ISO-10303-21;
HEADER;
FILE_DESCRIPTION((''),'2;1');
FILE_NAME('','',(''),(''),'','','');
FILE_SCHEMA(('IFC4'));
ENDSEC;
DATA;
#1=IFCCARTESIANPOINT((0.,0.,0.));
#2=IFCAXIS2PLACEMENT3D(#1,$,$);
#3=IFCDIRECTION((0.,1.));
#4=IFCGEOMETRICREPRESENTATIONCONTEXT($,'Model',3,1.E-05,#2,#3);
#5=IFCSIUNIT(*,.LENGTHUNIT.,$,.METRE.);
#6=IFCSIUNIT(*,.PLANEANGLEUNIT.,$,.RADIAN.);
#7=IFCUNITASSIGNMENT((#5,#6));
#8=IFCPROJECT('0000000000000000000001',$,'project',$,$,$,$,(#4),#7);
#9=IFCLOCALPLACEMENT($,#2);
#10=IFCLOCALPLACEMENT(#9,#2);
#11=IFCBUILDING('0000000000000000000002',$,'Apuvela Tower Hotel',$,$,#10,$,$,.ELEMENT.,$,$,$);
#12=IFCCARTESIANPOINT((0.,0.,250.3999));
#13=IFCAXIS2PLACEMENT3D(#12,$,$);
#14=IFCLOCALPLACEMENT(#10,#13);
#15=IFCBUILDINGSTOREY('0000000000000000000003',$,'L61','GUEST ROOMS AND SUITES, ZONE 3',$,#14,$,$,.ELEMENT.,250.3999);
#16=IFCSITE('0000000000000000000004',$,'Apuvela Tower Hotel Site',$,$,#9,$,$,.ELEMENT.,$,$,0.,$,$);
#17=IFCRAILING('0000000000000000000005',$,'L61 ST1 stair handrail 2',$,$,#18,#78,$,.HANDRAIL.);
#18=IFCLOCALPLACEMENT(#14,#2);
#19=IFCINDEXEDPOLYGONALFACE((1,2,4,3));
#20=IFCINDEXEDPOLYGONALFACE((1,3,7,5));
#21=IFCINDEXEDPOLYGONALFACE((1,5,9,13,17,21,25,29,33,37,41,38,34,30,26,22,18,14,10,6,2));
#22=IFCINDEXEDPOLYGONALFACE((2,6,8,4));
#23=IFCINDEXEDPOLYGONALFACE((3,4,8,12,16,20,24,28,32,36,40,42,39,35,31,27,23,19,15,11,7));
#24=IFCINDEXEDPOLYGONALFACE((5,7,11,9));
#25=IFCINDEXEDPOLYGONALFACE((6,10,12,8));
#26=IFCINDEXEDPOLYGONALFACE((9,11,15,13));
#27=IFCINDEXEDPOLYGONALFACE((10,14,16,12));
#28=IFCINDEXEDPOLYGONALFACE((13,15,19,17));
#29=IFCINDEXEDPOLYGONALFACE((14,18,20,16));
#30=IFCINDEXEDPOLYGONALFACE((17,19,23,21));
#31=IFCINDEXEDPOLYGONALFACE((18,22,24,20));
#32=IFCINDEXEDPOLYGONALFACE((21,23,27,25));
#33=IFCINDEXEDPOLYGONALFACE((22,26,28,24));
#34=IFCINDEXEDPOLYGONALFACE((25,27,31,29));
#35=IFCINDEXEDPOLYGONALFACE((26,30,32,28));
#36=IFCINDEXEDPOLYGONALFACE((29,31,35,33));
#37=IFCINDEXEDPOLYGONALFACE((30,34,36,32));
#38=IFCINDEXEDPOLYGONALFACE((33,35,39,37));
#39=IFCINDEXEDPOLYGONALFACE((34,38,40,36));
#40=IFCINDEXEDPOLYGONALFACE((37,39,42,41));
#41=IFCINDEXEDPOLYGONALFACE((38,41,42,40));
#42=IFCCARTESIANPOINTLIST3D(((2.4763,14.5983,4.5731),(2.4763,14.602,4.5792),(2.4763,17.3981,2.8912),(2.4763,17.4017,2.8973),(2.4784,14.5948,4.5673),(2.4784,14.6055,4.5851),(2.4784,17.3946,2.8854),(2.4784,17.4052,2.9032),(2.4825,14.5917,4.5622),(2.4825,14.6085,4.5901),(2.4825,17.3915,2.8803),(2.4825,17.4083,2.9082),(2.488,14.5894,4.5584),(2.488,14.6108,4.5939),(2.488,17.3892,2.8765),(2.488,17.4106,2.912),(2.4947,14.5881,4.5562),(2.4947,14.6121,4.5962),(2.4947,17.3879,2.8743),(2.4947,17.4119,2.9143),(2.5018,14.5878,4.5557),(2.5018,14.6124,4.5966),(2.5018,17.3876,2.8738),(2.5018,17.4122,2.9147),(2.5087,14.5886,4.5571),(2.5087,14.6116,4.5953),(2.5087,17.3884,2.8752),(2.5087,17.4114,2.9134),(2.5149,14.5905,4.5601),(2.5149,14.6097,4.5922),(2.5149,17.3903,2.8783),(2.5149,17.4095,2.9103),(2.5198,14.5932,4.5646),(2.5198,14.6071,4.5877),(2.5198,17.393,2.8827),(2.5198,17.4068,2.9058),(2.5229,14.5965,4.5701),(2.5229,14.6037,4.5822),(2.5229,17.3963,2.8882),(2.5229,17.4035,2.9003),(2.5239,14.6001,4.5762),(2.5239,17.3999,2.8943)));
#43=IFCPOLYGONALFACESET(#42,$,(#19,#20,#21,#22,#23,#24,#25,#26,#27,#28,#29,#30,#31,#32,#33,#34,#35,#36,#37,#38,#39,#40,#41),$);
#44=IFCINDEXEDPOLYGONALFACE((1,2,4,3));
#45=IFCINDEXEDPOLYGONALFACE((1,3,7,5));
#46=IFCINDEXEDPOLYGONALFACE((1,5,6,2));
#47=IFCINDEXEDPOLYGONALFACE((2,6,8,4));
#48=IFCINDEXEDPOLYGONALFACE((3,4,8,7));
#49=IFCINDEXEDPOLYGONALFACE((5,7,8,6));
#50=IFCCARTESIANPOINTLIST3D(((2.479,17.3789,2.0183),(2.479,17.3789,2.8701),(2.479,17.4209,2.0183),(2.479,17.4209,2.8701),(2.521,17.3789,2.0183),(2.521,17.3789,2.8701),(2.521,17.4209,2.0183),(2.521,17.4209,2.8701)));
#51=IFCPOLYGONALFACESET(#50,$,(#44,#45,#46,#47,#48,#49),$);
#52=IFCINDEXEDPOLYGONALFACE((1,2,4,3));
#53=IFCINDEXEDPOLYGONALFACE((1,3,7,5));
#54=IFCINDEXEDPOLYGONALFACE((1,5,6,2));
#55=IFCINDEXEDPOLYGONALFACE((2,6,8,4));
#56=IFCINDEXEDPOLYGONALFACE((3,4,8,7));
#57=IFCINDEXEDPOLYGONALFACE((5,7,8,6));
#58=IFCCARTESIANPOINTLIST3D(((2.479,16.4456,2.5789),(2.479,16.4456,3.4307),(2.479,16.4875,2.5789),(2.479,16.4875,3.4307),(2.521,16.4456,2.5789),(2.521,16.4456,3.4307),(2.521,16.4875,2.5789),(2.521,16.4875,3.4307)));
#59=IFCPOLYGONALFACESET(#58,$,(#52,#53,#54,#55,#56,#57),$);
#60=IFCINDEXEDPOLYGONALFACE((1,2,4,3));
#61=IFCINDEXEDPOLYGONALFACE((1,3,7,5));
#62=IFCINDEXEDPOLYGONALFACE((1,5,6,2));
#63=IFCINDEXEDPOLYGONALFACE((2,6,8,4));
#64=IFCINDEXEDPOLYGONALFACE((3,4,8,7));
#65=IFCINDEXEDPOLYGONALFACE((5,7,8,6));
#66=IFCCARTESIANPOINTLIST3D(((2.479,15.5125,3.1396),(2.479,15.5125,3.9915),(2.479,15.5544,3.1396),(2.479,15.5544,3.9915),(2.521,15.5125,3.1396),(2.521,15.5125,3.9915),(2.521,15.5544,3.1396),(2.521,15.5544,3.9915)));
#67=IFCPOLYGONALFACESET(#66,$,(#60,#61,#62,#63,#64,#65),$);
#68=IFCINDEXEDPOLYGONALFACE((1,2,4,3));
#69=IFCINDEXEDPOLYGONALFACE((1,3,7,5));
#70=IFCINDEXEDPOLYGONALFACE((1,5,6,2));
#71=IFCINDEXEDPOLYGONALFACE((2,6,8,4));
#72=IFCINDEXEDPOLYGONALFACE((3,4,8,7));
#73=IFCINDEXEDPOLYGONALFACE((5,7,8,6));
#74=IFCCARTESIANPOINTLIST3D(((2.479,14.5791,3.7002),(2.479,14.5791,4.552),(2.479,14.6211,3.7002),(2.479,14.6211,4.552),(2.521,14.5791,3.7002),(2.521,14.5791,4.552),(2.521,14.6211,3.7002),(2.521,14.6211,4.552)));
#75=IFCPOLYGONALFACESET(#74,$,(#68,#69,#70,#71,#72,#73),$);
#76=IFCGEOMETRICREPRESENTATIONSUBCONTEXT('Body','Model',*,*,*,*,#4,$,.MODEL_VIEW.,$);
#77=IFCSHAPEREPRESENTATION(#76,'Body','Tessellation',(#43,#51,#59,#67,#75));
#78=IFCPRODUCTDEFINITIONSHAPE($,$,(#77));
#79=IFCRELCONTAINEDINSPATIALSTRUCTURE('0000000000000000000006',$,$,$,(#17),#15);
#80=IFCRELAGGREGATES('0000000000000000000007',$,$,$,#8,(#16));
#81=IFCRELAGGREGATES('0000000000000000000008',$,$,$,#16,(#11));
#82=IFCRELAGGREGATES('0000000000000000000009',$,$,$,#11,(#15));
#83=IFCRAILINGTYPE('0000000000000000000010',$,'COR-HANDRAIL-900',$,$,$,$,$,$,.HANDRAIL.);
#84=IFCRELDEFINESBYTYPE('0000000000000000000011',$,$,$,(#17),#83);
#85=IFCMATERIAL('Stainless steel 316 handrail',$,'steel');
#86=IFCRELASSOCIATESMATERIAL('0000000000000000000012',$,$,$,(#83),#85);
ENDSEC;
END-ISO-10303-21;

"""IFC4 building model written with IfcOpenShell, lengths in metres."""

from ifc_helpers import new_model, si_unit, direction, frame, origin, origin_2d, place, context, subcontext, project, spatial, rectangle, circle, extrude, material, type_object, element, save


model = new_model("IFC4")

# Units and contexts
model_context = context("Model", 3, precision=1e-05, world=origin(), true_north=direction((0.0, 1.0)))
body_context = subcontext(model_context, "Body", "Model", "MODEL_VIEW")
ifc_project = project(units=[si_unit("LENGTHUNIT", "METRE"), si_unit("PLANEANGLEUNIT", "RADIAN")], contexts=[model_context])

# Site, building, storey
site_placement = place(None, origin())
site = spatial("IfcSite", under=ifc_project, at=site_placement, Name="Apuvela Tower Hotel Site", CompositionType="ELEMENT", RefElevation=0.0)
building_placement = place(site_placement, origin())
building = spatial("IfcBuilding", under=site, at=building_placement, Name="Apuvela Tower Hotel", CompositionType="ELEMENT")
storey_placement = place(building_placement, frame((0.0, 0.0, 250.3999)))
storey = spatial("IfcBuildingStorey", under=building, at=storey_placement, Name="L61", Description="GUEST ROOMS AND SUITES, ZONE 3", CompositionType="ELEMENT", Elevation=250.3999)

# Railing
ifc_material_1 = material(Name="Stainless steel 316 handrail", Category="steel")
railing_type_1 = type_object("IfcRailingType", Name="COR-HANDRAIL-900", PredefinedType="HANDRAIL", material=ifc_material_1)
railing_1_placement = place(storey_placement, frame((2.5, 17.3999, 2.0183)))
element("IfcRailing", 1, at=railing_1_placement, inside=storey, type_object=railing_type_1, Name="L61 ST1 stair handrail 2", PredefinedType="HANDRAIL", context=body_context, shape_type="SweptSolid", body=[
    extrude(circle(Radius=0.0239, at=origin_2d()), frame((0.0, 0.0, 0.876), z_axis=(0.0, -0.857222, 0.514946), x_axis=(1.0, 0.0, 0.0)), (0.0, 0.0, 1.0), 3.2661),
    extrude(rectangle(XDim=0.042, YDim=0.042, at=origin_2d()), origin(), (0.0, 0.0, 1.0), 0.8518),
    extrude(rectangle(XDim=0.042, YDim=0.042, at=origin_2d()), frame((0.0, -0.9333, 0.5605)), (0.0, 0.0, 1.0), 0.8518),
    extrude(rectangle(XDim=0.042, YDim=0.042, at=origin_2d()), frame((0.0, -1.8665, 1.1213)), (0.0, 0.0, 1.0), 0.8518),
    extrude(rectangle(XDim=0.042, YDim=0.042, at=origin_2d()), frame((0.0, -2.7998, 1.6819)), (0.0, 0.0, 1.0), 0.8518),
])

save(model, "model.ifc")
